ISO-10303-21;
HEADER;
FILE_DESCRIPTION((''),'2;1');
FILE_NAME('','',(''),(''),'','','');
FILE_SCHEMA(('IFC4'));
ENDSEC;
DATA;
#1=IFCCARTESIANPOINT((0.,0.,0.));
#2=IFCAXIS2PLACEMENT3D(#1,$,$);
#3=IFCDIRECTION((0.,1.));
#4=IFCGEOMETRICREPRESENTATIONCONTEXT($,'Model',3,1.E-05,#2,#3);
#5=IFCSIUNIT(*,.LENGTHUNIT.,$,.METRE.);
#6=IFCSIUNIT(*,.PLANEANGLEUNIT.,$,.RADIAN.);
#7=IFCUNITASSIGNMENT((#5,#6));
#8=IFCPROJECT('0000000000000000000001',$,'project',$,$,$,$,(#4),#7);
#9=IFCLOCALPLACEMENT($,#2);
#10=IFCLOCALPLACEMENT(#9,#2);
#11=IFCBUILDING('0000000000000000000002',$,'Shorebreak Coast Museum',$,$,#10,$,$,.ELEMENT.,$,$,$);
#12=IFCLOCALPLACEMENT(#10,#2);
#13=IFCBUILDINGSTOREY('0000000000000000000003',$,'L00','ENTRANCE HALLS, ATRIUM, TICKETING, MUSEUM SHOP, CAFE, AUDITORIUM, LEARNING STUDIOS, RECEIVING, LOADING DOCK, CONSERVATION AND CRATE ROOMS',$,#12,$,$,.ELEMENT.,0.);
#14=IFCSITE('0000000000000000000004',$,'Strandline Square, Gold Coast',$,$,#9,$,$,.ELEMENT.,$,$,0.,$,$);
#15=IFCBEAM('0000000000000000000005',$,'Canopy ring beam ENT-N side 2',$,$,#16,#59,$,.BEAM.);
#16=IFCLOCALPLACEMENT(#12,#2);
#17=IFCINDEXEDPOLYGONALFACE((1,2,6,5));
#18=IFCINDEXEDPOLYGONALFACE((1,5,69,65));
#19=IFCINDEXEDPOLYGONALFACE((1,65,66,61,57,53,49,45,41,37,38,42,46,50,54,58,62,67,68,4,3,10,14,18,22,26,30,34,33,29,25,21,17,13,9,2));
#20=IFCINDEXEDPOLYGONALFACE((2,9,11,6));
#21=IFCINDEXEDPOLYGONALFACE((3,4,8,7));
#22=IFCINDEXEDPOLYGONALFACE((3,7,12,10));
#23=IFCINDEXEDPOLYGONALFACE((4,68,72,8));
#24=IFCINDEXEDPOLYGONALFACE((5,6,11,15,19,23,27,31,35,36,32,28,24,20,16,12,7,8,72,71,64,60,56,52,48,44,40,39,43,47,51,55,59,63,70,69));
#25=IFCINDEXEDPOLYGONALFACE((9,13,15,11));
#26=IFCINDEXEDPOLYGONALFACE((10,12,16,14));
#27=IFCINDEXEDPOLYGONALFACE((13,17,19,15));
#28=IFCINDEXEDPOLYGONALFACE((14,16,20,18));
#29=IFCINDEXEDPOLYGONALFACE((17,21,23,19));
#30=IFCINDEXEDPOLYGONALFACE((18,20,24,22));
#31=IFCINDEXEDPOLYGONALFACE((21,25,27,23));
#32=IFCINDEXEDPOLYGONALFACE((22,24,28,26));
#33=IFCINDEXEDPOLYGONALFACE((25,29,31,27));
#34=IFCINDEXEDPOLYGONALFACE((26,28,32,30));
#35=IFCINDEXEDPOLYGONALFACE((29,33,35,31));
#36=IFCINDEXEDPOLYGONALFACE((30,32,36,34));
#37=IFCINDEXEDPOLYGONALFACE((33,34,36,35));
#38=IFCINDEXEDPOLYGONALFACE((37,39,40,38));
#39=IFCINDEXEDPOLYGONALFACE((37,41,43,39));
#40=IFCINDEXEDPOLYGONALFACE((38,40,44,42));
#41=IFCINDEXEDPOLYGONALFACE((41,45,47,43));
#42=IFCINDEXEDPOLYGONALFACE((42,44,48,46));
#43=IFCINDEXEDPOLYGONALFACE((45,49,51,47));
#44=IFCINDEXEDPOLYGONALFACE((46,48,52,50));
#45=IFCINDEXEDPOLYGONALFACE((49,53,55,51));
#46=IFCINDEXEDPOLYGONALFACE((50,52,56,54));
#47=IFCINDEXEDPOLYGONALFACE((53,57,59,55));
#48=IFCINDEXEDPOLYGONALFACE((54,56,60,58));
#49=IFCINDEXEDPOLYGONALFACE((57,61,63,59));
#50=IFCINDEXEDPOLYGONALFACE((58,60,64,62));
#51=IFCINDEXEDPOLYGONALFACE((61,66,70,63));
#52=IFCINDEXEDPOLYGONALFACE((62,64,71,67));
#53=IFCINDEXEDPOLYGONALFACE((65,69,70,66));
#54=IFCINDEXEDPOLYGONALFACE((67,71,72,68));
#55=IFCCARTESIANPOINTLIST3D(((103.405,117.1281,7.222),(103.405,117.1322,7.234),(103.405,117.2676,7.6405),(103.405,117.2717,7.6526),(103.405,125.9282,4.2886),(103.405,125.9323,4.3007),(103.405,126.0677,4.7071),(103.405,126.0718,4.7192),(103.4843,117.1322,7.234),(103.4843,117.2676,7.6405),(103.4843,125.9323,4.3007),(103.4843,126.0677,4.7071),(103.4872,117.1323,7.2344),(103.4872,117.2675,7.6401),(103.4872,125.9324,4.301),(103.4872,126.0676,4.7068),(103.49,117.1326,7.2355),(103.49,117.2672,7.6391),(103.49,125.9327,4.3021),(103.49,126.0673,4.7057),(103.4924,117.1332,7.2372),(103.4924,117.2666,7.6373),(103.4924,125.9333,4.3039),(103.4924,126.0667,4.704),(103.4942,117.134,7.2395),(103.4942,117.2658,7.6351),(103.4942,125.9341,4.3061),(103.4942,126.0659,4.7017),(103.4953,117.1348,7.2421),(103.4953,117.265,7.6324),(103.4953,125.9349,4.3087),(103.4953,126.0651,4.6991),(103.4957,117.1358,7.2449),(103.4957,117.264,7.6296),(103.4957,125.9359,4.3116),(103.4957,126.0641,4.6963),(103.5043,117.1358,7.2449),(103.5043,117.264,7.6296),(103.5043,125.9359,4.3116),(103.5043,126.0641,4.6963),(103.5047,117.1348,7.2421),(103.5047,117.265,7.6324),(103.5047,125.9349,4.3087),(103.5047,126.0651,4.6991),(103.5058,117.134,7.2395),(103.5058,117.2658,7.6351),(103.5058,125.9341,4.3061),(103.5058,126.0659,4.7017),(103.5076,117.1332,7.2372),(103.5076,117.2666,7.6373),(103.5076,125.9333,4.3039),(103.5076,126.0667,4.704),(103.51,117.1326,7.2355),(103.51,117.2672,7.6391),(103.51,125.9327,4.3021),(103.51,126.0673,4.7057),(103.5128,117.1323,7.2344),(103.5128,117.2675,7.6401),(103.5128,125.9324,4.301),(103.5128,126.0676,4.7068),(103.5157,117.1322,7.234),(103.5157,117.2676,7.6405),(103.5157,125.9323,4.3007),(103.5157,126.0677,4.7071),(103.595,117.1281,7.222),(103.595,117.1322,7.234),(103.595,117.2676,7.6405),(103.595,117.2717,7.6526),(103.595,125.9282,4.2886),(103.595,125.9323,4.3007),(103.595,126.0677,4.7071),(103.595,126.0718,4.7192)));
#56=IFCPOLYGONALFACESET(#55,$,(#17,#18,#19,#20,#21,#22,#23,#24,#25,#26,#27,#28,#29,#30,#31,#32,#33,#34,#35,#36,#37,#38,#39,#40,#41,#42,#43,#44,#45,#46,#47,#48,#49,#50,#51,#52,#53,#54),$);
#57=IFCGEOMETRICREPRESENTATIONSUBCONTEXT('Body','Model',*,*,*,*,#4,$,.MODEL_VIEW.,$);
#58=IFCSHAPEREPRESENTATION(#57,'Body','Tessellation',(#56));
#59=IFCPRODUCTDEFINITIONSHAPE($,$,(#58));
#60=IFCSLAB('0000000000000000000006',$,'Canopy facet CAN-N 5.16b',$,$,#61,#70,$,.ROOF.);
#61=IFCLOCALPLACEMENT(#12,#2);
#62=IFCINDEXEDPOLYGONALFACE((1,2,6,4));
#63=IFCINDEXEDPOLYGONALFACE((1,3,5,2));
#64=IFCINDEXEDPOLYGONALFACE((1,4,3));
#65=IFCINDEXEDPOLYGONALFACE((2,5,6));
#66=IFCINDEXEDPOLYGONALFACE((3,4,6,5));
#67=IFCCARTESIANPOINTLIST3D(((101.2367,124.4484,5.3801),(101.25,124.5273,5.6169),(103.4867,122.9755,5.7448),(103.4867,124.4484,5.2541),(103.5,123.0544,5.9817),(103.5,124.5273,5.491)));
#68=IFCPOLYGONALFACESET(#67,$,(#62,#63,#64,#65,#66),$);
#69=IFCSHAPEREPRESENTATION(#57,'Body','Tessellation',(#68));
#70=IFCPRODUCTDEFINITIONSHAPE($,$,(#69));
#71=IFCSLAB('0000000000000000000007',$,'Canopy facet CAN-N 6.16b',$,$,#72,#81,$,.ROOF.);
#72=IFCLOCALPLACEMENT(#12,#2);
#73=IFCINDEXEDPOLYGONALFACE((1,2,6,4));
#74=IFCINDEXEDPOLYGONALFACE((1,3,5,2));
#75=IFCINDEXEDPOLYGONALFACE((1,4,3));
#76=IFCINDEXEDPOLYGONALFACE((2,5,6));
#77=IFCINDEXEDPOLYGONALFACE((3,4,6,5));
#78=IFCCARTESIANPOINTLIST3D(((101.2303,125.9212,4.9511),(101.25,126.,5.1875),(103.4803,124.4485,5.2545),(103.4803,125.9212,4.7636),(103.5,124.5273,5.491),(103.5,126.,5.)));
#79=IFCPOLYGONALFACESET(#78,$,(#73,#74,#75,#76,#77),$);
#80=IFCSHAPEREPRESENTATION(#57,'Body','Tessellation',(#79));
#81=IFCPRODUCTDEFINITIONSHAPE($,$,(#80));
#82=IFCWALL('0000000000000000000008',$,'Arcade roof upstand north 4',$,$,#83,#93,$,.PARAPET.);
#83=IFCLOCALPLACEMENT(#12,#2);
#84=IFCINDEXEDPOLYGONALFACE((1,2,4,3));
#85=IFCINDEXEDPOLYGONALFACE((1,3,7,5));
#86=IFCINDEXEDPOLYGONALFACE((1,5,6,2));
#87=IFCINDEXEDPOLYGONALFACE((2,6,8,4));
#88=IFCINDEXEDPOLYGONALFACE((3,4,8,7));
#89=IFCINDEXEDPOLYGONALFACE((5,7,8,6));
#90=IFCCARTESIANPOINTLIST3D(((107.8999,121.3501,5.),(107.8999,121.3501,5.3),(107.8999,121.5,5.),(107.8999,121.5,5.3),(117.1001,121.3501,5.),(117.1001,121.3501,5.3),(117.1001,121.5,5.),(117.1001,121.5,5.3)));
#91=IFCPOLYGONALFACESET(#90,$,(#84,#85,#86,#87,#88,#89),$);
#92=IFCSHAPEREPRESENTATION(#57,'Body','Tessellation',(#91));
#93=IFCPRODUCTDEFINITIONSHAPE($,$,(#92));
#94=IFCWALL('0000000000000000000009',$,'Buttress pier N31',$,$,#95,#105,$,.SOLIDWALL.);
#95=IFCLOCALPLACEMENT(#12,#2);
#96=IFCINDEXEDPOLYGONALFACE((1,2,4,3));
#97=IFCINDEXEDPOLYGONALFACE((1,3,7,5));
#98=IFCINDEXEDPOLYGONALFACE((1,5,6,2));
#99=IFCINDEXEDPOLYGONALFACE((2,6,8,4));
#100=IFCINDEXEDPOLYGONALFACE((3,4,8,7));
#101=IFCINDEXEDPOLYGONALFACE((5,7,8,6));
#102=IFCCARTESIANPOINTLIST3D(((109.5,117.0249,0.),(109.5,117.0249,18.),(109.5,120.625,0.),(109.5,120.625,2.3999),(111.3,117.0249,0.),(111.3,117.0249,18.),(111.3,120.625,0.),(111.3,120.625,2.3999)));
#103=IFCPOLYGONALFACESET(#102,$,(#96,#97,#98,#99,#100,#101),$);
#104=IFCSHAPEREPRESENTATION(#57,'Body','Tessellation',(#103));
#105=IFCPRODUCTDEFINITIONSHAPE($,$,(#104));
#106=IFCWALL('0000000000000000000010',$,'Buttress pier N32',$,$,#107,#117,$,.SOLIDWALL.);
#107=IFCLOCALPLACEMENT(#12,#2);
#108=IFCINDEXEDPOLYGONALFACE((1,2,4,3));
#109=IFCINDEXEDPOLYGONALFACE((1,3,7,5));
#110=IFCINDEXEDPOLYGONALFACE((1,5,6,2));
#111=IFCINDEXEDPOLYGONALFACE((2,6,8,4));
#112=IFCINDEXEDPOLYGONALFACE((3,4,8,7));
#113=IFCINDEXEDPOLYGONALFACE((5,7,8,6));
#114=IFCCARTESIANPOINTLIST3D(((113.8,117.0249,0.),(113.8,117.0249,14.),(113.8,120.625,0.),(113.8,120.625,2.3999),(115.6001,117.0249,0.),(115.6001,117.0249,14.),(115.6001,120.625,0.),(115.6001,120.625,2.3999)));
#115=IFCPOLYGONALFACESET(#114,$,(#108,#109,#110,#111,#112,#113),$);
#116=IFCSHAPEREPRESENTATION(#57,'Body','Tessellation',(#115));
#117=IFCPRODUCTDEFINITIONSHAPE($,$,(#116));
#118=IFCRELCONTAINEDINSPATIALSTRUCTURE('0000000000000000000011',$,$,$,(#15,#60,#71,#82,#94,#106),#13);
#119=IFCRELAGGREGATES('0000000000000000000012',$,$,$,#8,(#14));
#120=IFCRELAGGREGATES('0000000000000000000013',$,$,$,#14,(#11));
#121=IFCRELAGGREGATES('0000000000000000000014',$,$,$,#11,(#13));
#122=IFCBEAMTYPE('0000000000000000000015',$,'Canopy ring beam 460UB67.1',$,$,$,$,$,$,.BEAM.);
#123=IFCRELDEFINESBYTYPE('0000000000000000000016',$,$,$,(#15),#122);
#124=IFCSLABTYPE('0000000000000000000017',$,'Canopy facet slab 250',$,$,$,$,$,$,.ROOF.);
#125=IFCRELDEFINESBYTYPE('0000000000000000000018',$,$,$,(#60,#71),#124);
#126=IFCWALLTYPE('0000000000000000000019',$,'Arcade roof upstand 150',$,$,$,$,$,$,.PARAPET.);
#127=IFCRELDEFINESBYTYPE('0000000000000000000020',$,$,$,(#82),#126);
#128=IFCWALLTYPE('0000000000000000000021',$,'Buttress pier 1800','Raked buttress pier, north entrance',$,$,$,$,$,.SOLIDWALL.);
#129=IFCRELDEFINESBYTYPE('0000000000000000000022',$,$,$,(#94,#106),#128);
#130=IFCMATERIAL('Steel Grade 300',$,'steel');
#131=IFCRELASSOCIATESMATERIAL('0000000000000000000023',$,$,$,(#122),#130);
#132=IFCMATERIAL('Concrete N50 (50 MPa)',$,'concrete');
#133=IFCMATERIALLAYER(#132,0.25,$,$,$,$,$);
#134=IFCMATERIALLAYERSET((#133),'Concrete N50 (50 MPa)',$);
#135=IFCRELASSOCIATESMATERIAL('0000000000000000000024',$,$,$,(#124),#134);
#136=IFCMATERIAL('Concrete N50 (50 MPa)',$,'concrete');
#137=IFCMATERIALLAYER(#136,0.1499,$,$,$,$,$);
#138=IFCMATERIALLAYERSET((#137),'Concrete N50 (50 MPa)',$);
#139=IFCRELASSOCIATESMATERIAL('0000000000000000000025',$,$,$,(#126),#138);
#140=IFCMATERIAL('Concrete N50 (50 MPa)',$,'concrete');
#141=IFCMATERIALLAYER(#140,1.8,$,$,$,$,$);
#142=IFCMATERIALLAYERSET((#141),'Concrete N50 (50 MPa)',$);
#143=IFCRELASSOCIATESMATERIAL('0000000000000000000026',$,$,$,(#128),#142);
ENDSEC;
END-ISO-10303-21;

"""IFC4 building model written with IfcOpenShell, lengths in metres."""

from ifc_helpers import new_model, si_unit, direction, frame, frame_2d, origin, origin_2d, place, context, subcontext, project, spatial, polyline, rectangle, i_section, outline, extrude, material, layer, layer_set, material_profile, profile_set, type_object, element, save


model = new_model("IFC4")

# Units and contexts
model_context = context("Model", 3, precision=1e-05, world=origin(), true_north=direction((0.0, 1.0)))
body_context = subcontext(model_context, "Body", "Model", "MODEL_VIEW")
ifc_project = project(units=[si_unit("LENGTHUNIT", "METRE"), si_unit("PLANEANGLEUNIT", "RADIAN")], contexts=[model_context])

# Site, building, storey
site_placement = place(None, origin())
site = spatial("IfcSite", under=ifc_project, at=site_placement, Name="Strandline Square, Gold Coast", CompositionType="ELEMENT", RefElevation=0.0)
building_placement = place(site_placement, origin())
building = spatial("IfcBuilding", under=site, at=building_placement, Name="Shorebreak Coast Museum", CompositionType="ELEMENT")
storey_placement = place(building_placement, origin())
storey = spatial("IfcBuildingStorey", under=building, at=storey_placement, Name="L00", Description="ENTRANCE HALLS, ATRIUM, TICKETING, MUSEUM SHOP, CAFE, AUDITORIUM, LEARNING STUDIOS, RECEIVING, LOADING DOCK, CONSERVATION AND CRATE ROOMS", CompositionType="ELEMENT", Elevation=0.0)

# Beam
ifc_material_1 = material(Name="Steel Grade 300", Category="steel")
ifc_material_profile_1 = material_profile(ifc_material_1, i_section(OverallWidth=0.1899, OverallDepth=0.4539, WebThickness=0.0085, FlangeThickness=0.0127, FilletRadius=0.0115, at=origin_2d()), Name="460UB67.1")
ifc_profile_set_1 = profile_set([ifc_material_profile_1], Name="Steel Grade 300")
beam_type_1 = type_object("IfcBeamType", Name="Canopy ring beam 460UB67.1", PredefinedType="BEAM", material=ifc_profile_set_1)
beam_1_placement = place(storey_placement, frame((103.5, 126.0, 4.5039), z_axis=(0.0, -0.948683, 0.316228), x_axis=(1.0, 0.0, 0.0)))
element("IfcBeam", 1, at=beam_1_placement, inside=storey, type_object=beam_type_1, Name="Canopy ring beam ENT-N side 2", PredefinedType="BEAM", context=body_context, shape_type="SweptSolid", body=[
    extrude(i_section(OverallWidth=0.1899, OverallDepth=0.4539, WebThickness=0.0085, FlangeThickness=0.0127, FilletRadius=0.0115, at=origin_2d()), origin(), (0.0, 0.0, 1.0), 9.2761),
])

# Slabs
ifc_material_2 = material(Name="Concrete N50 (50 MPa)", Category="concrete")
ifc_layer_1 = layer(ifc_material_2, 0.25)
ifc_layer_set_1 = layer_set([ifc_layer_1], Name="Concrete N50 (50 MPa)")
slab_type = type_object("IfcSlabType", Name="Canopy facet slab 250", PredefinedType="ROOF", material=ifc_layer_set_1)
slab_1_placement = place(storey_placement, frame((103.5, 123.0544, 5.9817), z_axis=(0.053044, 0.315641, 0.947395), x_axis=(0.0, 0.94873, -0.316086)))
element("IfcSlab", 2, at=slab_1_placement, inside=storey, type_object=slab_type, Name="Canopy facet CAN-N 5.16b", PredefinedType="ROOF", context=body_context, shape_type="SweptSolid", body=[
    extrude(outline(polyline([(0.0, 0.0), (1.5525, 0.0), (1.5127, 2.2532), (0.0, 0.0)])), origin(), (0.0, 0.0, -1.0), 0.25),
])
slab_2_placement = place(storey_placement, frame((103.5, 124.5273, 5.491), z_axis=(0.07881, 0.315291, 0.945717), x_axis=(0.0, 0.948668, -0.316275)))
element("IfcSlab", 3, at=slab_2_placement, inside=storey, type_object=slab_type, Name="Canopy facet CAN-N 6.16b", PredefinedType="ROOF", context=body_context, shape_type="SweptSolid", body=[
    extrude(outline(polyline([(0.0, 0.0), (1.5523, 0.0), (1.493, 2.257), (0.0, 0.0)])), origin(), (0.0, 0.0, -1.0), 0.25),
])

# Walls
ifc_material_3 = material(Name="Concrete N50 (50 MPa)", Category="concrete")
ifc_layer_2 = layer(ifc_material_3, 0.1499)
ifc_layer_set_2 = layer_set([ifc_layer_2], Name="Concrete N50 (50 MPa)")
wall_type_1 = type_object("IfcWallType", Name="Arcade roof upstand 150", PredefinedType="PARAPET", material=ifc_layer_set_2)
wall_1_placement = place(storey_placement, frame((107.8999, 121.425, 5.0), z_axis=(0.0, 0.0, 1.0), x_axis=(1.0, 0.0, 0.0)))
element("IfcWall", 4, at=wall_1_placement, inside=storey, type_object=wall_type_1, Name="Arcade roof upstand north 4", PredefinedType="PARAPET", context=body_context, shape_type="SweptSolid", body=[
    extrude(rectangle(XDim=9.2002, YDim=0.1499, at=frame_2d((4.6001, 0.0))), origin(), (0.0, 0.0, 1.0), 0.3),
])
ifc_material_4 = material(Name="Concrete N50 (50 MPa)", Category="concrete")
ifc_layer_3 = layer(ifc_material_4, 1.8)
ifc_layer_set_3 = layer_set([ifc_layer_3], Name="Concrete N50 (50 MPa)")
wall_type_2 = type_object("IfcWallType", Name="Buttress pier 1800", Description="Raked buttress pier, north entrance", PredefinedType="SOLIDWALL", material=ifc_layer_set_3)
wall_2_placement = place(storey_placement, frame((110.3999, 117.0249, 0.0), z_axis=(0.0, 0.0, 1.0), x_axis=(0.0, 1.0, 0.0)))
element("IfcWall", 5, at=wall_2_placement, inside=storey, type_object=wall_type_2, Name="Buttress pier N31", PredefinedType="SOLIDWALL", context=body_context, shape_type="SweptSolid", body=[
    extrude(outline(polyline([(0.0, 0.0), (3.6001, 0.0), (3.6001, 2.3999), (0.0, 18.0), (0.0, 0.0)])), frame((0.0, 0.8999, 0.0), z_axis=(0.0, -1.0, 0.0), x_axis=(1.0, 0.0, 0.0)), (0.0, 0.0, 1.0), 1.8),
])
wall_3_placement = place(storey_placement, frame((114.7, 117.0249, 0.0), z_axis=(0.0, 0.0, 1.0), x_axis=(0.0, 1.0, 0.0)))
element("IfcWall", 6, at=wall_3_placement, inside=storey, type_object=wall_type_2, Name="Buttress pier N32", PredefinedType="SOLIDWALL", context=body_context, shape_type="SweptSolid", body=[
    extrude(outline(polyline([(0.0, 0.0), (3.6001, 0.0), (3.6001, 2.3999), (0.0, 14.0), (0.0, 0.0)])), frame((0.0, 0.8999, 0.0), z_axis=(0.0, -1.0, 0.0), x_axis=(1.0, 0.0, 0.0)), (0.0, 0.0, 1.0), 1.8),
])

save(model, "model.ifc")
